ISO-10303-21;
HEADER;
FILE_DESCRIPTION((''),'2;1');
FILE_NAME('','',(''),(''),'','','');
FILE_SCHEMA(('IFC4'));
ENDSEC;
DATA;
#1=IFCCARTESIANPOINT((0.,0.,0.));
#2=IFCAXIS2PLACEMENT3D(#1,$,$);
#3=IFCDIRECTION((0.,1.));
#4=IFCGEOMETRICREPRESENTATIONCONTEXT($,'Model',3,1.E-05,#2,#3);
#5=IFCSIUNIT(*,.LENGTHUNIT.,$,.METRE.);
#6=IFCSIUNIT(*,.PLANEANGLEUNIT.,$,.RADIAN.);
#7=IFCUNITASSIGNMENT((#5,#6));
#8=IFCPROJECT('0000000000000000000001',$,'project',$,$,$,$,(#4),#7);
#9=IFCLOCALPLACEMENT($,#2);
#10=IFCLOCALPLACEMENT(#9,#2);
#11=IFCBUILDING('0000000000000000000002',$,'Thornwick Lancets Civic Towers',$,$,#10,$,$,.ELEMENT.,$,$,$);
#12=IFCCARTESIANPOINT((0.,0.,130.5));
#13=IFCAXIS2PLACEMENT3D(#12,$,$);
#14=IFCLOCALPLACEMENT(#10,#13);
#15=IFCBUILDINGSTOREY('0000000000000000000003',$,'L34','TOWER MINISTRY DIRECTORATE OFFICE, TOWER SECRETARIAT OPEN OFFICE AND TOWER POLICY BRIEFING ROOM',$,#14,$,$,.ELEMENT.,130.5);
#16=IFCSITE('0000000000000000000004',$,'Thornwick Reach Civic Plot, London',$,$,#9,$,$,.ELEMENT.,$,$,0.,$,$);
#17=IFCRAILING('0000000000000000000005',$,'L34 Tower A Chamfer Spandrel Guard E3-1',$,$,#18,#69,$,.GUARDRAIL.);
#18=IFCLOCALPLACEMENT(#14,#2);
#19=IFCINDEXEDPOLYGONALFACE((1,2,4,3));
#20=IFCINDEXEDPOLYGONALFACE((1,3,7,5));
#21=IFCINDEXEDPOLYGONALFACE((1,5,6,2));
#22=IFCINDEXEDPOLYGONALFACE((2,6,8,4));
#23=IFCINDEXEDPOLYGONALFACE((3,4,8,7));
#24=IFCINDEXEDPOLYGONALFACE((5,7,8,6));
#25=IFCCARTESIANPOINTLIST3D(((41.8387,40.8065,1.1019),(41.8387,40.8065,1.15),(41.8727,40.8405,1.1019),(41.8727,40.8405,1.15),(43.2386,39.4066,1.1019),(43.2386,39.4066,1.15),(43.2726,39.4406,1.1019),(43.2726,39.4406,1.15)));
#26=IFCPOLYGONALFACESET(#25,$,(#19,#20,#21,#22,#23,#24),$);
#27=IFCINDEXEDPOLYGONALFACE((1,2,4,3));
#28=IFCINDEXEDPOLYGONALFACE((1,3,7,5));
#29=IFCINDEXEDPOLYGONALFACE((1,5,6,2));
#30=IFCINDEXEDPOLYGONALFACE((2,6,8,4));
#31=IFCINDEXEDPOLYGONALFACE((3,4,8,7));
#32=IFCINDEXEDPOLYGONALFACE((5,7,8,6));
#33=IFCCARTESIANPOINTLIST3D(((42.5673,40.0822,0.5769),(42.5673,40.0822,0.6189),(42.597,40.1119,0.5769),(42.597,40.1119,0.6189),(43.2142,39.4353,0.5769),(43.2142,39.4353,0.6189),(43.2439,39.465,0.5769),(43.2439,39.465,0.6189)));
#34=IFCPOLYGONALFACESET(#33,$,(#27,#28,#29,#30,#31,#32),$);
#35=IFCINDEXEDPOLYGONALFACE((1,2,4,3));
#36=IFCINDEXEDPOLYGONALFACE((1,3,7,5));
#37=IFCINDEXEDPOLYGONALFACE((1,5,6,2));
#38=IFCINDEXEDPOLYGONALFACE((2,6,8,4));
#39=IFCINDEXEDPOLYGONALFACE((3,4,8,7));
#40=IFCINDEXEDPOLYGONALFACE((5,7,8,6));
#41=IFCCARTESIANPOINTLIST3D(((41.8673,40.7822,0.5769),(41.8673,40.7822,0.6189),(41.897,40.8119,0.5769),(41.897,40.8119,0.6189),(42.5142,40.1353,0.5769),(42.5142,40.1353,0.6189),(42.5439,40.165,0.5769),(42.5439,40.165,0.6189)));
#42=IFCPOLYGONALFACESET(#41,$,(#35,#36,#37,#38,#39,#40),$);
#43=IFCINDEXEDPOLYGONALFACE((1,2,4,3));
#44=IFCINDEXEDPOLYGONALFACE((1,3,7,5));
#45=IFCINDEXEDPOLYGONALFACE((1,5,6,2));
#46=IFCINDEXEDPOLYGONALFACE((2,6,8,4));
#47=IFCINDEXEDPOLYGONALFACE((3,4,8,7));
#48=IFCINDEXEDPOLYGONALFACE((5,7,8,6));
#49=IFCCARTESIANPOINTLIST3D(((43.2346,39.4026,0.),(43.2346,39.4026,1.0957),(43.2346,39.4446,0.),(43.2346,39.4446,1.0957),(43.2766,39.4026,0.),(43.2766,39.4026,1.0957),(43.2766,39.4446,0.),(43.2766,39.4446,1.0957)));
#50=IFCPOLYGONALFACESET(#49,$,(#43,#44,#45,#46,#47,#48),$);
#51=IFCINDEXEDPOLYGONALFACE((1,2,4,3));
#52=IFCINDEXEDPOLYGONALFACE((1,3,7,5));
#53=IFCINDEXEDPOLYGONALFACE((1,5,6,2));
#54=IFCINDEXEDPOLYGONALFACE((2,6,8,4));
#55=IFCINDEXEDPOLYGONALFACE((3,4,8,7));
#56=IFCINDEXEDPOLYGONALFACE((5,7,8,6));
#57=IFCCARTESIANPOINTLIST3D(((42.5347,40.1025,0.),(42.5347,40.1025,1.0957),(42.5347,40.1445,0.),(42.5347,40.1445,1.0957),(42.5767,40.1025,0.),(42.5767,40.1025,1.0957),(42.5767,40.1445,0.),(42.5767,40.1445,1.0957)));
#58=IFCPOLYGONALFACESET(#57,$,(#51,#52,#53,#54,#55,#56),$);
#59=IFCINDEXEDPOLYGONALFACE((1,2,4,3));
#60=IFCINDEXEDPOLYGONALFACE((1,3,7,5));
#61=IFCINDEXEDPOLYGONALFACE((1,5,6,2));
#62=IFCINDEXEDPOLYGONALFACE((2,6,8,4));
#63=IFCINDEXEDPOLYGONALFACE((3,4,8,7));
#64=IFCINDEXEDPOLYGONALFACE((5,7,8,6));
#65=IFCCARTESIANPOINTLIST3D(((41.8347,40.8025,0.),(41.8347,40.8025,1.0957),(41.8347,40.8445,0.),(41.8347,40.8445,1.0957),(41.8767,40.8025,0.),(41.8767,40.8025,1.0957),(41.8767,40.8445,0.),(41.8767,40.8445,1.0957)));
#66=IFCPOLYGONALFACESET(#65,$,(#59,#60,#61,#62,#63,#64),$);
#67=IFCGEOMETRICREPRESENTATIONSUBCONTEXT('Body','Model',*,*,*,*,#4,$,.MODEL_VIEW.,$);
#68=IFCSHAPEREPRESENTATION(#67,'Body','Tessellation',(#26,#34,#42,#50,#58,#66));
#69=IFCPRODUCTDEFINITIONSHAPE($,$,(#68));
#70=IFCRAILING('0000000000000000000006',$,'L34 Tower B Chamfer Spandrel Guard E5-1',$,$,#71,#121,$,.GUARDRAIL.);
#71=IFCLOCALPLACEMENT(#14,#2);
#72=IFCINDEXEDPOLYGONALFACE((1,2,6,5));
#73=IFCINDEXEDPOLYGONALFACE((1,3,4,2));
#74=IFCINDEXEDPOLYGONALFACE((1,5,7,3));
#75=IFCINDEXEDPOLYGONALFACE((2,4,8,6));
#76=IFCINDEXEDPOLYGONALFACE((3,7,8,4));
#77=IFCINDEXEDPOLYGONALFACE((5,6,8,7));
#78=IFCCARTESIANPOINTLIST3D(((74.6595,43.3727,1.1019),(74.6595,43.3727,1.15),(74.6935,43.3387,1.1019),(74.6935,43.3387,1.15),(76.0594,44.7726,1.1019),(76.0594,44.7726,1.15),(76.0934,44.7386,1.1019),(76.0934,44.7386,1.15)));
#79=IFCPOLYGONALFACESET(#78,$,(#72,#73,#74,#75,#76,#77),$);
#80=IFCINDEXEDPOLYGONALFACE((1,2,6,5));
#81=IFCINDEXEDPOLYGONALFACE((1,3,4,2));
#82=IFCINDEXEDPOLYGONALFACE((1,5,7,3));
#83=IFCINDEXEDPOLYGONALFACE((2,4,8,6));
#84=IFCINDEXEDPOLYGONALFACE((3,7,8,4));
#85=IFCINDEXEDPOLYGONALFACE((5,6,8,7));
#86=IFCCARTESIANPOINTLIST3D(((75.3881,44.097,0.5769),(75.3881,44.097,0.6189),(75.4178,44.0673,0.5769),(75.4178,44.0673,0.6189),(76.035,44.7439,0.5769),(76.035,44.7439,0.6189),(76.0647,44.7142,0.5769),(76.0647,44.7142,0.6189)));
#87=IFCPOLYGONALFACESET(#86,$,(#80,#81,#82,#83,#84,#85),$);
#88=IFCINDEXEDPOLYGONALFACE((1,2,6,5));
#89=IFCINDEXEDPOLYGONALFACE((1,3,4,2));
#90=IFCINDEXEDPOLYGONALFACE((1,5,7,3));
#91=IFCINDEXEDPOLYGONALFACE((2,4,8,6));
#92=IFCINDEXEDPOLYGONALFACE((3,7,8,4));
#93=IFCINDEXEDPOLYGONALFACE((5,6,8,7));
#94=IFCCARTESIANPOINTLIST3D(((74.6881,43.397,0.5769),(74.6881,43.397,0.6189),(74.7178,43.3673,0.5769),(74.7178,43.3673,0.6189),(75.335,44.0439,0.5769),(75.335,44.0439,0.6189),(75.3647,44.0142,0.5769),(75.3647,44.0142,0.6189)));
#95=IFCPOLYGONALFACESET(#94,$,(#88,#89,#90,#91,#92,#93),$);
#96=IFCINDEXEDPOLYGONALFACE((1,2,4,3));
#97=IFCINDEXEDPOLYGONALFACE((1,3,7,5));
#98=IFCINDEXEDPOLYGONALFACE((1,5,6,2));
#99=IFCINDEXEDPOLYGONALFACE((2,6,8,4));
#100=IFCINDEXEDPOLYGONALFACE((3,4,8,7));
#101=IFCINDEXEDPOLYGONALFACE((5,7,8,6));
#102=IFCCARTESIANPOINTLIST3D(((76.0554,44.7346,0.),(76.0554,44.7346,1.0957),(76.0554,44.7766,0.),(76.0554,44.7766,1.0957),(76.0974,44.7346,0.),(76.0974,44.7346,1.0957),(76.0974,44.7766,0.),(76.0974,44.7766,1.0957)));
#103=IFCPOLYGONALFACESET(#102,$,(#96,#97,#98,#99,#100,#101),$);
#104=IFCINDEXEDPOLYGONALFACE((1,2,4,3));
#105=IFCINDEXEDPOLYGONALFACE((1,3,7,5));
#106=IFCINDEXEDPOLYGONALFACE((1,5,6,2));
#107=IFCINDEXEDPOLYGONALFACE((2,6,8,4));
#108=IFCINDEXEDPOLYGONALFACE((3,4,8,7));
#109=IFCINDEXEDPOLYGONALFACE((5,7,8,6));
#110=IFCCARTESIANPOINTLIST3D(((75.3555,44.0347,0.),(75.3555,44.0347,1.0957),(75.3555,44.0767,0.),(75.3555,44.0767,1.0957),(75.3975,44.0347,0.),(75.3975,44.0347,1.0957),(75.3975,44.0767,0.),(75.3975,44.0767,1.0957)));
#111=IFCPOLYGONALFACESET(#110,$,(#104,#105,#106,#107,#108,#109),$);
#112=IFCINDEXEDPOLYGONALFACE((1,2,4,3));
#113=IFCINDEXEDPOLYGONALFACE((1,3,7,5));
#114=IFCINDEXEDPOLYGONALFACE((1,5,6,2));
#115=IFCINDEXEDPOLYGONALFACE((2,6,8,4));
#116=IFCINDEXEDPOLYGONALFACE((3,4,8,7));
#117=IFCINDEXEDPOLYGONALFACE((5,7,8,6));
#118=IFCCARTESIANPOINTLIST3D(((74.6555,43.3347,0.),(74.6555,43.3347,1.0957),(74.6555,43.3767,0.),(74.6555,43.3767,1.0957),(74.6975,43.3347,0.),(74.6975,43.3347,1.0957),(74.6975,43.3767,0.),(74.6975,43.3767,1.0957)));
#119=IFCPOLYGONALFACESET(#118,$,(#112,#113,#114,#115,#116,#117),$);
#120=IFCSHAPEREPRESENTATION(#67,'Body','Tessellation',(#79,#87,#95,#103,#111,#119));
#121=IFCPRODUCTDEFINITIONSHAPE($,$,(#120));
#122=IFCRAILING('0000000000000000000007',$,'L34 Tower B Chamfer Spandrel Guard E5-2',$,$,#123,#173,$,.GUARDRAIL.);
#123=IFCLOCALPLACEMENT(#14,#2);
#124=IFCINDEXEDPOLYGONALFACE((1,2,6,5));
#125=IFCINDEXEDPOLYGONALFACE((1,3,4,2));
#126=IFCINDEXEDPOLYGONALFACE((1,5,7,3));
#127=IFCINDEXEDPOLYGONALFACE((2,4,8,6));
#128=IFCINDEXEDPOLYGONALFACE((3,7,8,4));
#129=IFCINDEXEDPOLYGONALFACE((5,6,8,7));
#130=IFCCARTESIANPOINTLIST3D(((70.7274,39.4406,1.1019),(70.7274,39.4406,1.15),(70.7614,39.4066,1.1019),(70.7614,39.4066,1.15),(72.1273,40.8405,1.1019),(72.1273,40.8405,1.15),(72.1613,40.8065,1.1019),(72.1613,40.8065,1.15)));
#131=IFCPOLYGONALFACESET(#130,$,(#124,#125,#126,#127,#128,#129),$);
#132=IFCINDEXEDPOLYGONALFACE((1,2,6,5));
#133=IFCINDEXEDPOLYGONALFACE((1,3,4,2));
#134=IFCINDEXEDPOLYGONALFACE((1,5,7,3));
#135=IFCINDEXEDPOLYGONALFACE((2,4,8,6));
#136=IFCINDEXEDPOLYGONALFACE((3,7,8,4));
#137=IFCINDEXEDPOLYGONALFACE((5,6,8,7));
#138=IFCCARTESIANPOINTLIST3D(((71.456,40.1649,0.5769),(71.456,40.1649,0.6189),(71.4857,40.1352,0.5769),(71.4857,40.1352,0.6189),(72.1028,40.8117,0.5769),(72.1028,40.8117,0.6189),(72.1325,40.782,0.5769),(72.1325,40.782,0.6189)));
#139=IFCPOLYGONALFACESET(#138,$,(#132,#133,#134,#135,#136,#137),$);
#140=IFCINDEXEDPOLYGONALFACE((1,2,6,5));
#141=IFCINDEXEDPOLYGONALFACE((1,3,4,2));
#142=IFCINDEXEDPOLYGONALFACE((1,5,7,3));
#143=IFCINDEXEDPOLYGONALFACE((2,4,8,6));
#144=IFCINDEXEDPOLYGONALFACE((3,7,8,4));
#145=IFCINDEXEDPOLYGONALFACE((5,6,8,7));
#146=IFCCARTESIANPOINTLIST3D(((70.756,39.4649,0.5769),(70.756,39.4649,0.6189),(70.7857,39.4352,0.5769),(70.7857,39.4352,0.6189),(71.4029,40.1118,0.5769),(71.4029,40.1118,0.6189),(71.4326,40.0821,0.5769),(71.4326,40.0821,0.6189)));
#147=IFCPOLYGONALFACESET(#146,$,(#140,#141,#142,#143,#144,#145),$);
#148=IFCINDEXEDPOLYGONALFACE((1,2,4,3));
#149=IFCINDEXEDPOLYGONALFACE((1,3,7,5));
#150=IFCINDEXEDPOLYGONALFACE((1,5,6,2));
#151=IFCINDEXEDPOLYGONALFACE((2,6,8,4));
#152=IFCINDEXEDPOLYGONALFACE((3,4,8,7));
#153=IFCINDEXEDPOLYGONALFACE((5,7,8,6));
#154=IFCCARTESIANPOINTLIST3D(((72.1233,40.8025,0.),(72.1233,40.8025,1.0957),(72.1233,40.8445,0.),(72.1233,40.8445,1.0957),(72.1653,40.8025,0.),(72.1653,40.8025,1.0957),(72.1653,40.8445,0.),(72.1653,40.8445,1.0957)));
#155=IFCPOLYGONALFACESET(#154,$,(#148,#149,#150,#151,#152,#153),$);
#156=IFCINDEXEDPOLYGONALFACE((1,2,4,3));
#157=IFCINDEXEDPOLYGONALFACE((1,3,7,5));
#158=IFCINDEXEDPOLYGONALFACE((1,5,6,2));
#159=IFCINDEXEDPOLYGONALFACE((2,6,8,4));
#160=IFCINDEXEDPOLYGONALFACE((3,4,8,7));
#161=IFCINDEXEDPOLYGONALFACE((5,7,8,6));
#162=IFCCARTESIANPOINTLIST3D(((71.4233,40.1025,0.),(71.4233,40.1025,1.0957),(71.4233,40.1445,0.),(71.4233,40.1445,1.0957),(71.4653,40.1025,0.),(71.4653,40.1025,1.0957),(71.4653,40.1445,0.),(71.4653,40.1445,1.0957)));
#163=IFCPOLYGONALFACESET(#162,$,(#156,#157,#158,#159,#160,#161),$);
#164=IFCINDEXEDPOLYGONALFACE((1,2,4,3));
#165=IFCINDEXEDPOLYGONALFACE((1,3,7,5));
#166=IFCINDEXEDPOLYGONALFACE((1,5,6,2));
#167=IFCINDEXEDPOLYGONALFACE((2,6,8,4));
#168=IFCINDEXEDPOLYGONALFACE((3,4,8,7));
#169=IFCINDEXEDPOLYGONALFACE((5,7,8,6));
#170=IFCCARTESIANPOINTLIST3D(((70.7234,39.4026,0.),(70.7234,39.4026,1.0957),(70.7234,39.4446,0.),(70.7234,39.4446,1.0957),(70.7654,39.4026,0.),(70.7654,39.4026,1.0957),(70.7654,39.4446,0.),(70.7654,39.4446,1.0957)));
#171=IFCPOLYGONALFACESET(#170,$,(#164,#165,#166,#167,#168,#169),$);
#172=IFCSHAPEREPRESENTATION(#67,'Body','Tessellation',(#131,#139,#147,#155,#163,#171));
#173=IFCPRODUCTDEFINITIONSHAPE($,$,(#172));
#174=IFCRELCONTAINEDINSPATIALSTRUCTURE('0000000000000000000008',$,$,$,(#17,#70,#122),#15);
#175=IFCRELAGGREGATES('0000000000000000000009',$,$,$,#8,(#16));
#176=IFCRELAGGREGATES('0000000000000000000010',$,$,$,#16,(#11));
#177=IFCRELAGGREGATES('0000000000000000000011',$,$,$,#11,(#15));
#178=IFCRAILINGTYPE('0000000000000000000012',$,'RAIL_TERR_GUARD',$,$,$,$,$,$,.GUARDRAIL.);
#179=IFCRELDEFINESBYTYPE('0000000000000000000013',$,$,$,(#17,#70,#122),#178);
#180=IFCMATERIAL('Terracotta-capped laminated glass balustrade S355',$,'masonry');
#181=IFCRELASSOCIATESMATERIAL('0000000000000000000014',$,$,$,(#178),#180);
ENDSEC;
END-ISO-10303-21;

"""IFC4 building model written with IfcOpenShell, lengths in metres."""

from ifc_helpers import new_model, si_unit, direction, frame, origin, origin_2d, place, context, subcontext, project, spatial, rectangle, extrude, material, type_object, element, save


model = new_model("IFC4")

# Units and contexts
model_context = context("Model", 3, precision=1e-05, world=origin(), true_north=direction((0.0, 1.0)))
body_context = subcontext(model_context, "Body", "Model", "MODEL_VIEW")
ifc_project = project(units=[si_unit("LENGTHUNIT", "METRE"), si_unit("PLANEANGLEUNIT", "RADIAN")], contexts=[model_context])

# Site, building, storey
site_placement = place(None, origin())
site = spatial("IfcSite", under=ifc_project, at=site_placement, Name="Thornwick Reach Civic Plot, London", CompositionType="ELEMENT", RefElevation=0.0)
building_placement = place(site_placement, origin())
building = spatial("IfcBuilding", under=site, at=building_placement, Name="Thornwick Lancets Civic Towers", CompositionType="ELEMENT")
storey_placement = place(building_placement, frame((0.0, 0.0, 130.5)))
storey = spatial("IfcBuildingStorey", under=building, at=storey_placement, Name="L34", Description="TOWER MINISTRY DIRECTORATE OFFICE, TOWER SECRETARIAT OPEN OFFICE AND TOWER POLICY BRIEFING ROOM", CompositionType="ELEMENT", Elevation=130.5)

# Railings
ifc_material_1 = material(Name="Terracotta-capped laminated glass balustrade S355", Category="masonry")
railing_type_1 = type_object("IfcRailingType", Name="RAIL_TERR_GUARD", PredefinedType="GUARDRAIL", material=ifc_material_1)
railing_1_placement = place(storey_placement, frame((43.2556, 39.4236, 0.0)))
element("IfcRailing", 1, at=railing_1_placement, inside=storey, type_object=railing_type_1, Name="L34 Tower A Chamfer Spandrel Guard E3-1", PredefinedType="GUARDRAIL", context=body_context, shape_type="SweptSolid", body=[
    extrude(rectangle(XDim=0.0481, YDim=0.0481, at=origin_2d()), frame((0.0, 0.0, 1.126), z_axis=(-0.707107, 0.707107, 0.0), x_axis=(-0.707107, -0.707107, 0.0)), (0.0, 0.0, 1.0), 1.9797),
    extrude(rectangle(XDim=0.042, YDim=0.042, at=origin_2d()), frame((-0.0266, 0.0266, 0.5979), z_axis=(-0.707107, 0.707107, 0.0), x_axis=(-0.707107, -0.707107, 0.0)), (0.0, 0.0, 1.0), 0.9148),
    extrude(rectangle(XDim=0.042, YDim=0.042, at=origin_2d()), frame((-0.7266, 0.7266, 0.5979), z_axis=(-0.707107, 0.707107, 0.0), x_axis=(-0.707107, -0.707107, 0.0)), (0.0, 0.0, 1.0), 0.9148),
    extrude(rectangle(XDim=0.042, YDim=0.042, at=origin_2d()), origin(), (0.0, 0.0, 1.0), 1.0957),
    extrude(rectangle(XDim=0.042, YDim=0.042, at=origin_2d()), frame((-0.7, 0.7, 0.0)), (0.0, 0.0, 1.0), 1.0957),
    extrude(rectangle(XDim=0.042, YDim=0.042, at=origin_2d()), frame((-1.3999, 1.3999, 0.0)), (0.0, 0.0, 1.0), 1.0957),
])
for number, where, name in (
    (2, (76.0764, 44.7556, 0.0), "L34 Tower B Chamfer Spandrel Guard E5-1"),
    (3, (72.1443, 40.8235, 0.0), "L34 Tower B Chamfer Spandrel Guard E5-2"),
):
    element("IfcRailing", number, at=place(storey_placement, frame(where)), inside=storey, type_object=railing_type_1, Name=name, PredefinedType="GUARDRAIL", context=body_context, shape_type="SweptSolid", body=[
        extrude(rectangle(XDim=0.0481, YDim=0.0481, at=origin_2d()), frame((0.0, 0.0, 1.126), z_axis=(-0.707107, -0.707107, 0.0), x_axis=(0.707107, -0.707107, 0.0)), (0.0, 0.0, 1.0), 1.9797),
        extrude(rectangle(XDim=0.042, YDim=0.042, at=origin_2d()), frame((-0.0266, -0.0266, 0.5979), z_axis=(-0.707107, -0.707107, 0.0), x_axis=(0.707107, -0.707107, 0.0)), (0.0, 0.0, 1.0), 0.9148),
        extrude(rectangle(XDim=0.042, YDim=0.042, at=origin_2d()), frame((-0.7266, -0.7266, 0.5979), z_axis=(-0.707107, -0.707107, 0.0), x_axis=(0.707107, -0.707107, 0.0)), (0.0, 0.0, 1.0), 0.9148),
        extrude(rectangle(XDim=0.042, YDim=0.042, at=origin_2d()), origin(), (0.0, 0.0, 1.0), 1.0957),
        extrude(rectangle(XDim=0.042, YDim=0.042, at=origin_2d()), frame((-0.7, -0.7, 0.0)), (0.0, 0.0, 1.0), 1.0957),
        extrude(rectangle(XDim=0.042, YDim=0.042, at=origin_2d()), frame((-1.3999, -1.3999, 0.0)), (0.0, 0.0, 1.0), 1.0957),
    ])

save(model, "model.ifc")
